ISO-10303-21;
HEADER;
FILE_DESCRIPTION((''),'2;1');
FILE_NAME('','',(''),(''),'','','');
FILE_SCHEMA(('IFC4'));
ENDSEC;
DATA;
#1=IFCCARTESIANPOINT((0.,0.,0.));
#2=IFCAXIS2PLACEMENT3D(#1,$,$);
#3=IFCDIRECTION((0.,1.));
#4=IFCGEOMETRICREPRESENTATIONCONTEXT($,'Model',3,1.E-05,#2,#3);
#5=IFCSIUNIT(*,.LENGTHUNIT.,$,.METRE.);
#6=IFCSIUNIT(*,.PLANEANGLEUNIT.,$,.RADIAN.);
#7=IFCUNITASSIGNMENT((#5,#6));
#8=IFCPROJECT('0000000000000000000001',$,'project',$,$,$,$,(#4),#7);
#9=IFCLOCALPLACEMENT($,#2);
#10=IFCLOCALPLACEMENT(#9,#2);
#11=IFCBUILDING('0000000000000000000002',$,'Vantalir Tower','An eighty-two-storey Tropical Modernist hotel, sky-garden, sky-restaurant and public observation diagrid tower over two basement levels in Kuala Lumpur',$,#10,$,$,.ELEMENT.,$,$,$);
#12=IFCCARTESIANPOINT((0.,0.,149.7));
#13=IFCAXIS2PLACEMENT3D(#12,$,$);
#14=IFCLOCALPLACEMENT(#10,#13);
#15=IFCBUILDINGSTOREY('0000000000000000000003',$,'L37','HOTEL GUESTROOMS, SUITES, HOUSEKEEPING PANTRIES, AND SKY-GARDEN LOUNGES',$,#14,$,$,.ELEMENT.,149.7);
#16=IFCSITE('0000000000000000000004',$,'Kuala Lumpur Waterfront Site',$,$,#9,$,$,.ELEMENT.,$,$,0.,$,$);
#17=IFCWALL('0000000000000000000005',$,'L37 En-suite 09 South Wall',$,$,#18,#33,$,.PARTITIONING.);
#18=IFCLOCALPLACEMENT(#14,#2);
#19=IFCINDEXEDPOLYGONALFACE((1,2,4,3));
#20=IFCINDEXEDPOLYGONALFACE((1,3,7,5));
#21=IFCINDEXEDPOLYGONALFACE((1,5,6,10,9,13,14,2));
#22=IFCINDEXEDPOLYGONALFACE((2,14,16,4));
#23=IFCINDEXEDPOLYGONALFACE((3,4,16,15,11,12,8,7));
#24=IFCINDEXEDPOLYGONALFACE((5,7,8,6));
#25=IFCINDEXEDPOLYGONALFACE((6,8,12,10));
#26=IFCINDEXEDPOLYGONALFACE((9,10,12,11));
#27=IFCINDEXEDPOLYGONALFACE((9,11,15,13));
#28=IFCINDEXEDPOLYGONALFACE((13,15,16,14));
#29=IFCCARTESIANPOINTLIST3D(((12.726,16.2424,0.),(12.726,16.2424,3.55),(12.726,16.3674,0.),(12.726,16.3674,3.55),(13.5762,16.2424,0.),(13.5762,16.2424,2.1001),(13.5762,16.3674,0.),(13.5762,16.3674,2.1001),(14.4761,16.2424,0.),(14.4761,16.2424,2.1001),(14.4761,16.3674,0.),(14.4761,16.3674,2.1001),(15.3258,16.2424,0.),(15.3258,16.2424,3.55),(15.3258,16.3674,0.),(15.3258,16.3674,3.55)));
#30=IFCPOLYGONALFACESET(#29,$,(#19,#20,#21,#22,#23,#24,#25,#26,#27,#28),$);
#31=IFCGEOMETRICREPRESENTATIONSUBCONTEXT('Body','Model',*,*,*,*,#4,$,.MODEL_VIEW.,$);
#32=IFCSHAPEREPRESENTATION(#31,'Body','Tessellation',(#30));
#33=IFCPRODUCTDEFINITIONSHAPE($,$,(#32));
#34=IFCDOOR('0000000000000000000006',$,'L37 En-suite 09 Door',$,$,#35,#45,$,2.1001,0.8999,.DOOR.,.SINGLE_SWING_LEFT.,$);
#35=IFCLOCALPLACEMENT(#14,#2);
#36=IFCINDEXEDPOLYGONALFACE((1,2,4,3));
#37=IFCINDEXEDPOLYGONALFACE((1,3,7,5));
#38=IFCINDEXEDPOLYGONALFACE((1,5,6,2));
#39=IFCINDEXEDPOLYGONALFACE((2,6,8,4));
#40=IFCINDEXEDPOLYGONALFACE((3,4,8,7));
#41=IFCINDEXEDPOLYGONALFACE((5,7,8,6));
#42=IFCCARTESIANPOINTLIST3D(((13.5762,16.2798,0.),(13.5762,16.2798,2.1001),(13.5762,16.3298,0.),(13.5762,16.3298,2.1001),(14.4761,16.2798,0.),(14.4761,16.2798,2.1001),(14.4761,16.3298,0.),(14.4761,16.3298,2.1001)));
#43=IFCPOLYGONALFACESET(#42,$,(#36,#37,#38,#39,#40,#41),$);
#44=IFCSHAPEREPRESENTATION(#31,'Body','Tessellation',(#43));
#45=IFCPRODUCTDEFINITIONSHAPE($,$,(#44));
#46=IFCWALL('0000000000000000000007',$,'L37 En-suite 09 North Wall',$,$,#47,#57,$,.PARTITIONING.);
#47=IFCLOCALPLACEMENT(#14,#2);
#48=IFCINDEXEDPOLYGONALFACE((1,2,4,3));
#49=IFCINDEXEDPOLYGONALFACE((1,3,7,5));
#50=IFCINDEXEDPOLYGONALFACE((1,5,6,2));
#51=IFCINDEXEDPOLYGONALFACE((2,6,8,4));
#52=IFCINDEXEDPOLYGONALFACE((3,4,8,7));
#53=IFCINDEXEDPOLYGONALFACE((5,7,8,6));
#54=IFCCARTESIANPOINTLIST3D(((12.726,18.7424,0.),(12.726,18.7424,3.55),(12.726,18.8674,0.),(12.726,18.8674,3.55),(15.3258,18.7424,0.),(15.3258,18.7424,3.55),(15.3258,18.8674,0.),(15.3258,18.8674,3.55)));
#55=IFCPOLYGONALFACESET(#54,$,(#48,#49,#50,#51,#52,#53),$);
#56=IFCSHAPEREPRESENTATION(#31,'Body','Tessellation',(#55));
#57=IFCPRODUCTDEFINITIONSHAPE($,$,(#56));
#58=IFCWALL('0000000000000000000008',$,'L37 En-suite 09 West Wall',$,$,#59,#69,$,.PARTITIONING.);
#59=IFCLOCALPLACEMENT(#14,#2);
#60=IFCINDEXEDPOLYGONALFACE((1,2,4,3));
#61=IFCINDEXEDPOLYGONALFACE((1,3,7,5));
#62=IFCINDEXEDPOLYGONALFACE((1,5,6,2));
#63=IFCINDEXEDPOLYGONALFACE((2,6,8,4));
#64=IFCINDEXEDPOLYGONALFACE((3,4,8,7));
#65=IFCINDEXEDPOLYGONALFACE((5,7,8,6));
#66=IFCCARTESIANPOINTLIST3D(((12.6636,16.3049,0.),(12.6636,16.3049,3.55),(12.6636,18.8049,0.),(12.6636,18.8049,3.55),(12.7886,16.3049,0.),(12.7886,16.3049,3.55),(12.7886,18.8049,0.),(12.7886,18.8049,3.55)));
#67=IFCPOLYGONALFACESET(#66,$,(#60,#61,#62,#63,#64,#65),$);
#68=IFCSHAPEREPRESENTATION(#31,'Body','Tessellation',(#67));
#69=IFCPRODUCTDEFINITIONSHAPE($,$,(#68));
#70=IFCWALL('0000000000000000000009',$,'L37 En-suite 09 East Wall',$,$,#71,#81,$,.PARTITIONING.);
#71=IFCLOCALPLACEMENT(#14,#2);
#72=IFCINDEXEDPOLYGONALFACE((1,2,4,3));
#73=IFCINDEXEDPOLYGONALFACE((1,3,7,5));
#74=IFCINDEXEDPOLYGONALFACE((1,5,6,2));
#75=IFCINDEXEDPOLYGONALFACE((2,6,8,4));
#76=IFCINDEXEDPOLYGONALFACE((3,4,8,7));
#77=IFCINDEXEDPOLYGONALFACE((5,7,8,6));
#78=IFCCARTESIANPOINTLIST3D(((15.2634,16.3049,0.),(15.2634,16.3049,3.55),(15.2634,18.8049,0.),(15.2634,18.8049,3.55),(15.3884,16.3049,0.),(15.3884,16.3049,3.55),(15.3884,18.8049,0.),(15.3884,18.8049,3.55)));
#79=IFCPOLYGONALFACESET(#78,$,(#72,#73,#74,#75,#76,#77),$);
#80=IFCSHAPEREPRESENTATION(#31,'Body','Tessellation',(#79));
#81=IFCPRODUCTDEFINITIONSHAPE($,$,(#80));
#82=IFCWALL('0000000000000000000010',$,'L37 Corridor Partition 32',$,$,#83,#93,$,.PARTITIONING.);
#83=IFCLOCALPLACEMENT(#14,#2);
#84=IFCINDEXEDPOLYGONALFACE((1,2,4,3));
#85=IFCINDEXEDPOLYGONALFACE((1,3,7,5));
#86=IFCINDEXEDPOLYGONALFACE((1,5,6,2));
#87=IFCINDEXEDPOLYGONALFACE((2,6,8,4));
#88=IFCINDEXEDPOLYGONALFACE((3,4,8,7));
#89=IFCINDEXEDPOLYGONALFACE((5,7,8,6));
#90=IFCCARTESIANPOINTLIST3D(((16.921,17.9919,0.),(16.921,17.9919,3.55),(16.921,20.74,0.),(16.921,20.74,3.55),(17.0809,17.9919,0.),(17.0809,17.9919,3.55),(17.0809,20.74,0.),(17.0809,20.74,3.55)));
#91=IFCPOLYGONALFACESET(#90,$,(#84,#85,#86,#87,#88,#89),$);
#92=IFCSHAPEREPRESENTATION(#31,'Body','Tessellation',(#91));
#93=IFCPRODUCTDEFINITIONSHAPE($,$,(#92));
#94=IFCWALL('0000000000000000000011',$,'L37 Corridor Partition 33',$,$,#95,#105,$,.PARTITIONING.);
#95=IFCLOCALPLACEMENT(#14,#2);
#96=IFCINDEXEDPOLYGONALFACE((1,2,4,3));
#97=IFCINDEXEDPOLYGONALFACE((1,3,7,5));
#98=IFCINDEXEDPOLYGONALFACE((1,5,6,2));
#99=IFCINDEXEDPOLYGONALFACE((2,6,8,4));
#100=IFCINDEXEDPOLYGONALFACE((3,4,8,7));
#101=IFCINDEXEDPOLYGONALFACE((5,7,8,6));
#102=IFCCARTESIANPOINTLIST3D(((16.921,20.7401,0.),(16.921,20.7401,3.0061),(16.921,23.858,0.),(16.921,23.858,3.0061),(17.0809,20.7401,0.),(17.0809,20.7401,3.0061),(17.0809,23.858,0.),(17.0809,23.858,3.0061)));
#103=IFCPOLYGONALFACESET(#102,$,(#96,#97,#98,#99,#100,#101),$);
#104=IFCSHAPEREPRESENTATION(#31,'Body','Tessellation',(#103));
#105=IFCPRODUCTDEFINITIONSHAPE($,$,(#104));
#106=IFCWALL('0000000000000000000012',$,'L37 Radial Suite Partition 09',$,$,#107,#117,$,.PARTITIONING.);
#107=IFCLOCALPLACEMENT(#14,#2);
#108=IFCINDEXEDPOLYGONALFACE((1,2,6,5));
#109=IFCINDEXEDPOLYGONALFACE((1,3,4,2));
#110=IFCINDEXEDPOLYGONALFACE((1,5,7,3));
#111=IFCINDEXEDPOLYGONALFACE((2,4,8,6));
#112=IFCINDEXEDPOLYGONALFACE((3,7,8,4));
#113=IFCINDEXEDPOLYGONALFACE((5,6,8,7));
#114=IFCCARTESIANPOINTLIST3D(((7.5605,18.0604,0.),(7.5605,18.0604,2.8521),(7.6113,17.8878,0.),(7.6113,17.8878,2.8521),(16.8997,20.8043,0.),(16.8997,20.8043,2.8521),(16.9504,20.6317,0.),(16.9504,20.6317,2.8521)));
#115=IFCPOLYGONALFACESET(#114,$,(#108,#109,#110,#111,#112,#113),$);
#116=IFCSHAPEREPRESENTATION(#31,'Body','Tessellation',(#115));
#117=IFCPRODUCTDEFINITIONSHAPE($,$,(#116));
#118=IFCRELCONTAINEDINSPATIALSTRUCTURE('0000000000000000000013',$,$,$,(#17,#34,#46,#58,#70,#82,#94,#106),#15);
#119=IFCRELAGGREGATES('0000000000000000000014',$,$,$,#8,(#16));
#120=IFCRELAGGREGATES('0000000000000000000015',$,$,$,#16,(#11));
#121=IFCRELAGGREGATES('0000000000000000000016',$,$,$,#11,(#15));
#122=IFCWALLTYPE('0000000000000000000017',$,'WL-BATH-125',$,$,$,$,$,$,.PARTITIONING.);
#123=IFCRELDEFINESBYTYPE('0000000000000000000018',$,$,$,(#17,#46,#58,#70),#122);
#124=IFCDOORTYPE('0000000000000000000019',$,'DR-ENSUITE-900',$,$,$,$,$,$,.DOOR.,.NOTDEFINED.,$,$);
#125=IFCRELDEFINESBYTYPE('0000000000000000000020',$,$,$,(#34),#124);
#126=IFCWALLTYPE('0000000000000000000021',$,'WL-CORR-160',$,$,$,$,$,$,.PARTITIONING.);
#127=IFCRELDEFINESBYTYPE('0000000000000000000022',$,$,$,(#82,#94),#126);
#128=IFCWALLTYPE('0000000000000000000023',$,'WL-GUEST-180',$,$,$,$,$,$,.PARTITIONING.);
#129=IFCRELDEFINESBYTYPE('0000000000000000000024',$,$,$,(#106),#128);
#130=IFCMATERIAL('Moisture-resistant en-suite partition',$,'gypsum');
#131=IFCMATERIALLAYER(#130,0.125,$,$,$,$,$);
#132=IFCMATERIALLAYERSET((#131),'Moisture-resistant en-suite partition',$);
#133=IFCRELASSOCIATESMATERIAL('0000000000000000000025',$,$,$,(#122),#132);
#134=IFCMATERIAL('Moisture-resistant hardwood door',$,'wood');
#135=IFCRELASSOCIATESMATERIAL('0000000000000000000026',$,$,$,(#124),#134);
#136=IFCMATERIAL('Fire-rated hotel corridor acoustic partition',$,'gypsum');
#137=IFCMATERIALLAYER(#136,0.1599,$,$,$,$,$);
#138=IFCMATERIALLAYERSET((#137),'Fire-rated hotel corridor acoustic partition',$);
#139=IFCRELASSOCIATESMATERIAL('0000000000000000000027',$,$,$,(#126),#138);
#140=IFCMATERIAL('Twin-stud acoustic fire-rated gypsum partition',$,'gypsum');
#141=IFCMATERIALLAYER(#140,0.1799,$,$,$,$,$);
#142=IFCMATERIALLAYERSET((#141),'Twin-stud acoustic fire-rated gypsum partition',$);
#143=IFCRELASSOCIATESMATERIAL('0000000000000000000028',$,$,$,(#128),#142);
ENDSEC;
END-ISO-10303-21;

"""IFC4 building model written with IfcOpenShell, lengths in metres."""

from ifc_helpers import new_model, si_unit, direction, frame, frame_2d, origin, place, context, subcontext, project, spatial, rectangle, extrude, material, layer, layer_set, type_object, element, fill, save


model = new_model("IFC4")

# Units and contexts
model_context = context("Model", 3, precision=1e-05, world=origin(), true_north=direction((0.0, 1.0)))
body_context = subcontext(model_context, "Body", "Model", "MODEL_VIEW")
ifc_project = project(units=[si_unit("LENGTHUNIT", "METRE"), si_unit("PLANEANGLEUNIT", "RADIAN")], contexts=[model_context])

# Site, building, storey
site_placement = place(None, origin())
site = spatial("IfcSite", under=ifc_project, at=site_placement, Name="Kuala Lumpur Waterfront Site", CompositionType="ELEMENT", RefElevation=0.0)
building_placement = place(site_placement, origin())
building = spatial("IfcBuilding", under=site, at=building_placement, Name="Vantalir Tower", Description="An eighty-two-storey Tropical Modernist hotel, sky-garden, sky-restaurant and public observation diagrid tower over two basement levels in Kuala Lumpur", CompositionType="ELEMENT")
storey_placement = place(building_placement, frame((0.0, 0.0, 149.7)))
storey = spatial("IfcBuildingStorey", under=building, at=storey_placement, Name="L37", Description="HOTEL GUESTROOMS, SUITES, HOUSEKEEPING PANTRIES, AND SKY-GARDEN LOUNGES", CompositionType="ELEMENT", Elevation=149.7)

# Shared definitions
ifc_material_1 = material(Name="Moisture-resistant en-suite partition", Category="gypsum")
ifc_layer_1 = layer(ifc_material_1, 0.125)
ifc_layer_set_1 = layer_set([ifc_layer_1], Name="Moisture-resistant en-suite partition")
wall_type_1 = type_object("IfcWallType", Name="WL-BATH-125", PredefinedType="PARTITIONING", material=ifc_layer_set_1)

# Wall, opening, door
ifc_material_2 = material(Name="Moisture-resistant hardwood door", Category="wood")
door_type = type_object("IfcDoorType", Name="DR-ENSUITE-900", OperationType="NOTDEFINED", PredefinedType="DOOR", material=ifc_material_2)
wall_1_placement = place(storey_placement, frame((12.7261, 16.3049, 0.0), z_axis=(0.0, 0.0, 1.0), x_axis=(1.0, 0.0, 0.0)))
wall_1 = element("IfcWall", 1, at=wall_1_placement, inside=storey, type_object=wall_type_1, Name="L37 En-suite 09 South Wall", PredefinedType="PARTITIONING", context=body_context, shape_type="SweptSolid", body=[
    extrude(rectangle(XDim=2.5999, YDim=0.125, at=frame_2d((1.2998, 0.0))), origin(), (0.0, 0.0, 1.0), 3.55),
])
opening_1_placement = place(wall_1_placement, frame((0.8501, 0.0, 0.0)))
opening_1 = element("IfcOpeningElement", 2, at=opening_1_placement, cuts=wall_1, PredefinedType="OPENING", context=body_context, shape_type="SweptSolid", body=[
    extrude(rectangle(XDim=0.8999, YDim=2.1001, at=frame_2d((0.45, 1.05))), frame((0.0, 0.0725, 0.0), z_axis=(0.0, -1.0, 0.0), x_axis=(1.0, 0.0, 0.0)), (0.0, 0.0, 1.0), 0.145),
])
door_1_placement = place(opening_1_placement, origin())
door_1 = element("IfcDoor", 3, at=door_1_placement, inside=storey, type_object=door_type, Name="L37 En-suite 09 Door", OperationType="SINGLE_SWING_LEFT", OverallHeight=2.1001, OverallWidth=0.8999, PredefinedType="DOOR", context=body_context, shape_type="SweptSolid", body=[
    extrude(rectangle(XDim=0.8999, YDim=2.1001, at=frame_2d((0.45, 1.05))), frame((0.0, 0.0249, 0.0), z_axis=(0.0, -1.0, 0.0), x_axis=(1.0, 0.0, 0.0)), (0.0, 0.0, 1.0), 0.05),
])
fill(opening_1, door_1)

# Walls
wall_2_placement = place(storey_placement, frame((12.7261, 18.8049, 0.0), z_axis=(0.0, 0.0, 1.0), x_axis=(1.0, 0.0, 0.0)))
element("IfcWall", 4, at=wall_2_placement, inside=storey, type_object=wall_type_1, Name="L37 En-suite 09 North Wall", PredefinedType="PARTITIONING", context=body_context, shape_type="SweptSolid", body=[
    extrude(rectangle(XDim=2.5999, YDim=0.125, at=frame_2d((1.2998, 0.0))), origin(), (0.0, 0.0, 1.0), 3.55),
])
for number, where, z_axis, x_axis, name in (
    (5, (12.7261, 16.3049, 0.0), (0.0, 0.0, 1.0), (0.0, 1.0, 0.0), "L37 En-suite 09 West Wall"),
    (6, (15.3259, 16.3049, 0.0), (0.0, 0.0, 1.0), (0.0, 1.0, 0.0), "L37 En-suite 09 East Wall"),
):
    element("IfcWall", number, at=place(storey_placement, frame(where, z_axis=z_axis, x_axis=x_axis)), inside=storey, type_object=wall_type_1, Name=name, PredefinedType="PARTITIONING", context=body_context, shape_type="SweptSolid", body=[
        extrude(rectangle(XDim=2.5, YDim=0.125, at=frame_2d((1.25, 0.0))), origin(), (0.0, 0.0, 1.0), 3.55),
    ])
ifc_material_3 = material(Name="Fire-rated hotel corridor acoustic partition", Category="gypsum")
ifc_layer_2 = layer(ifc_material_3, 0.1599)
ifc_layer_set_2 = layer_set([ifc_layer_2], Name="Fire-rated hotel corridor acoustic partition")
wall_type_2 = type_object("IfcWallType", Name="WL-CORR-160", PredefinedType="PARTITIONING", material=ifc_layer_set_2)
wall_3_placement = place(storey_placement, frame((17.001, 17.9919, 0.0), z_axis=(0.0, 0.0, 1.0), x_axis=(0.0, 1.0, 0.0)))
element("IfcWall", 7, at=wall_3_placement, inside=storey, type_object=wall_type_2, Name="L37 Corridor Partition 32", PredefinedType="PARTITIONING", context=body_context, shape_type="SweptSolid", body=[
    extrude(rectangle(XDim=2.748, YDim=0.1599, at=frame_2d((1.374, 0.0))), origin(), (0.0, 0.0, 1.0), 3.55),
])
wall_4_placement = place(storey_placement, frame((17.001, 20.74, 0.0), z_axis=(0.0, 0.0, 1.0), x_axis=(0.0, 1.0, 0.0)))
element("IfcWall", 8, at=wall_4_placement, inside=storey, type_object=wall_type_2, Name="L37 Corridor Partition 33", PredefinedType="PARTITIONING", context=body_context, shape_type="SweptSolid", body=[
    extrude(rectangle(XDim=3.1179, YDim=0.1599, at=frame_2d((1.5591, 0.0))), origin(), (0.0, 0.0, 1.0), 3.0061),
])
ifc_material_4 = material(Name="Twin-stud acoustic fire-rated gypsum partition", Category="gypsum")
ifc_layer_3 = layer(ifc_material_4, 0.1799)
ifc_layer_set_3 = layer_set([ifc_layer_3], Name="Twin-stud acoustic fire-rated gypsum partition")
wall_type_3 = type_object("IfcWallType", Name="WL-GUEST-180", PredefinedType="PARTITIONING", material=ifc_layer_set_3)
wall_5_placement = place(storey_placement, frame((16.925, 20.718, 0.0), z_axis=(0.0, 0.0, 1.0), x_axis=(-0.959446, -0.281892, 0.0)))
element("IfcWall", 9, at=wall_5_placement, inside=storey, type_object=wall_type_3, Name="L37 Radial Suite Partition 09", PredefinedType="PARTITIONING", context=body_context, shape_type="SweptSolid", body=[
    extrude(rectangle(XDim=9.7339, YDim=0.1799, at=frame_2d((4.8669, 0.0))), origin(), (0.0, 0.0, 1.0), 2.8521),
])

save(model, "model.ifc")
